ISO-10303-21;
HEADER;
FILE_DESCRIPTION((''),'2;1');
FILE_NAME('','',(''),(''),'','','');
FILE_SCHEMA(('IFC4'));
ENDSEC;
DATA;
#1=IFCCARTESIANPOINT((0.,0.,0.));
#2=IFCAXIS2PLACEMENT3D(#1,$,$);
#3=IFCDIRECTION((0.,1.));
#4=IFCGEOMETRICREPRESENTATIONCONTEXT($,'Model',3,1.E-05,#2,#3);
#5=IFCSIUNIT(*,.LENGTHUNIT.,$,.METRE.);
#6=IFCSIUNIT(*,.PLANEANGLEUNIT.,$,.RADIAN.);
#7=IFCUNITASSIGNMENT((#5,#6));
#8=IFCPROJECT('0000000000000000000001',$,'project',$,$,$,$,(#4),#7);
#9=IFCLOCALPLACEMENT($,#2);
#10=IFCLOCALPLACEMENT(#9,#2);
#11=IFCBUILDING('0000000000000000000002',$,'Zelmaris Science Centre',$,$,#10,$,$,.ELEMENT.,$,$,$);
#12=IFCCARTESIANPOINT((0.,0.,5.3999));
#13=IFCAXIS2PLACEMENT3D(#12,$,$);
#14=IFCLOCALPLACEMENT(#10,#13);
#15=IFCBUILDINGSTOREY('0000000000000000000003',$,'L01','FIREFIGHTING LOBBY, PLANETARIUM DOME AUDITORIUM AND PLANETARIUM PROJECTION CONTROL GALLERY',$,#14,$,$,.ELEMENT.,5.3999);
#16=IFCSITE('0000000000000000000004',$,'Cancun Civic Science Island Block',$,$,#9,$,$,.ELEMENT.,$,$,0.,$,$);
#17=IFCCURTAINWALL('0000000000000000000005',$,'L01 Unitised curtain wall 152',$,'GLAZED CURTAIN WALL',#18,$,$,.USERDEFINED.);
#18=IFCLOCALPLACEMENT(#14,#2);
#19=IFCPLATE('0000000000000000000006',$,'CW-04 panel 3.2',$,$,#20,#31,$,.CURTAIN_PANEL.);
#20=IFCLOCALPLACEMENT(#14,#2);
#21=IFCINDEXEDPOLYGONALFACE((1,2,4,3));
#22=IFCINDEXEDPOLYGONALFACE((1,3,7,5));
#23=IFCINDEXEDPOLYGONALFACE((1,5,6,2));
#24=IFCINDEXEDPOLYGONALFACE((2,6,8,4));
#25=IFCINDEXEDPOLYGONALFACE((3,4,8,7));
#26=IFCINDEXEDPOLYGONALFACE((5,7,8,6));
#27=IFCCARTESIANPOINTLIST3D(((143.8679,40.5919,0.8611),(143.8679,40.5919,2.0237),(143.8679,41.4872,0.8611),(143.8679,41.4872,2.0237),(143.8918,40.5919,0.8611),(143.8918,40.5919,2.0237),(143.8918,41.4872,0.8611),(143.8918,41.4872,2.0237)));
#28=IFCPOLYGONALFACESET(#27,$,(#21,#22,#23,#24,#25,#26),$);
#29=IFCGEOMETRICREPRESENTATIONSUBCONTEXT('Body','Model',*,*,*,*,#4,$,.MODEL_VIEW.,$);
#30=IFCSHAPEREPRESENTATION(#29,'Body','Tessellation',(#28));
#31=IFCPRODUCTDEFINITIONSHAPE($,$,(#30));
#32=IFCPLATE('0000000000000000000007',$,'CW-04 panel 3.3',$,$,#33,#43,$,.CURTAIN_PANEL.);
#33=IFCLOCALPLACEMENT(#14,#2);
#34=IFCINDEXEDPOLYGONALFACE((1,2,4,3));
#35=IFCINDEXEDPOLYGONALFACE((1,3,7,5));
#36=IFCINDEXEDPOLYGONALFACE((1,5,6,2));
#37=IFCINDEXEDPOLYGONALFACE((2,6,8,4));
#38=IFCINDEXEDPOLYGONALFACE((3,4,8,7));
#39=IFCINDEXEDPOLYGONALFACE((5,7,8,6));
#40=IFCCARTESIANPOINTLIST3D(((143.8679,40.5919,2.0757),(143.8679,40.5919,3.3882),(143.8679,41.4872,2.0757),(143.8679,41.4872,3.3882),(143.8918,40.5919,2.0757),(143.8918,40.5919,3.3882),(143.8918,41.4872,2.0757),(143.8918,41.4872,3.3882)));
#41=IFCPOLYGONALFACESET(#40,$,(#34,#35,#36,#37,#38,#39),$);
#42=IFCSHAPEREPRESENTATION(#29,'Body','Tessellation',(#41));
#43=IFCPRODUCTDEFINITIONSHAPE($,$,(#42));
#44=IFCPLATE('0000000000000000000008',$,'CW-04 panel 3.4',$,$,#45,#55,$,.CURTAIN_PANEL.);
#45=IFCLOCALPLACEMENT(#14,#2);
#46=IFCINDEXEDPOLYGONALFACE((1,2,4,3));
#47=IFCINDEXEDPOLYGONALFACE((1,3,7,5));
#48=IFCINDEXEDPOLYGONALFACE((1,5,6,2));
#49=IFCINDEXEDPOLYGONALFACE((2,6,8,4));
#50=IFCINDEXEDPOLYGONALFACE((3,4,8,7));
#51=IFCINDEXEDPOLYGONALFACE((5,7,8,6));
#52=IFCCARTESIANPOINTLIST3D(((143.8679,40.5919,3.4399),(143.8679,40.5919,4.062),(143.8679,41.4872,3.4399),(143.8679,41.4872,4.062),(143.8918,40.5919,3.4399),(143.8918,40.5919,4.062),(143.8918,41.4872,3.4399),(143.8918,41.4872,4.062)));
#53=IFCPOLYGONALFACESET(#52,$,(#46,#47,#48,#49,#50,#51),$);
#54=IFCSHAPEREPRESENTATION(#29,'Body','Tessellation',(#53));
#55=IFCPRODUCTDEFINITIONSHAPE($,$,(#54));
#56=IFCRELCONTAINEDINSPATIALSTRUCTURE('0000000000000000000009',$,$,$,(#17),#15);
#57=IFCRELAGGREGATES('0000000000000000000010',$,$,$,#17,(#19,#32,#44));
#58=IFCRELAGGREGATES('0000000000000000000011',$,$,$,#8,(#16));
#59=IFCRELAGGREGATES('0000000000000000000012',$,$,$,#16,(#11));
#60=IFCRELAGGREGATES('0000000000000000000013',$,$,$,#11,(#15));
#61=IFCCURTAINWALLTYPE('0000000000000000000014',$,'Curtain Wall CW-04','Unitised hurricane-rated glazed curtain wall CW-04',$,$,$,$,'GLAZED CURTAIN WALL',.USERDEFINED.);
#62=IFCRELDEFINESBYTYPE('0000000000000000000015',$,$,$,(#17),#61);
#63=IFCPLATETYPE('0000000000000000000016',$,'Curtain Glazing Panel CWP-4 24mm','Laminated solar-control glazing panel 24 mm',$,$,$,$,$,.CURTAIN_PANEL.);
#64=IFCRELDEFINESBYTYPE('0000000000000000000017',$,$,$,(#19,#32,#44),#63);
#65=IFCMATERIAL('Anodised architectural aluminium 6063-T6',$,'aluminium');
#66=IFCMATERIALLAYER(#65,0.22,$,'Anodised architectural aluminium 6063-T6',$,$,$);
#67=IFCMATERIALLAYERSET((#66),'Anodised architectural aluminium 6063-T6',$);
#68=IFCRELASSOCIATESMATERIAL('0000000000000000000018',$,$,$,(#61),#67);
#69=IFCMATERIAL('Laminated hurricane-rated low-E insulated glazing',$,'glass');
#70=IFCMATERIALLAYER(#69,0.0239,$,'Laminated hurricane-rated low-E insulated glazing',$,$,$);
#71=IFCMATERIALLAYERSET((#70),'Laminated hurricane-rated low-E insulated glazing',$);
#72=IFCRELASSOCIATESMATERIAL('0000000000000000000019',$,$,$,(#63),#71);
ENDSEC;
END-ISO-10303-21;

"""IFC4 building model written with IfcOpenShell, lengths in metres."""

from ifc_helpers import new_model, si_unit, direction, frame, origin, origin_2d, place, context, subcontext, project, spatial, rectangle, extrude, material, layer, layer_set, type_object, element, aggregate, save


model = new_model("IFC4")

# Units and contexts
model_context = context("Model", 3, precision=1e-05, world=origin(), true_north=direction((0.0, 1.0)))
body_context = subcontext(model_context, "Body", "Model", "MODEL_VIEW")
ifc_project = project(units=[si_unit("LENGTHUNIT", "METRE"), si_unit("PLANEANGLEUNIT", "RADIAN")], contexts=[model_context])

# Site, building, storey
site_placement = place(None, origin())
site = spatial("IfcSite", under=ifc_project, at=site_placement, Name="Cancun Civic Science Island Block", CompositionType="ELEMENT", RefElevation=0.0)
building_placement = place(site_placement, origin())
building = spatial("IfcBuilding", under=site, at=building_placement, Name="Zelmaris Science Centre", CompositionType="ELEMENT")
storey_placement = place(building_placement, frame((0.0, 0.0, 5.3999)))
storey = spatial("IfcBuildingStorey", under=building, at=storey_placement, Name="L01", Description="FIREFIGHTING LOBBY, PLANETARIUM DOME AUDITORIUM AND PLANETARIUM PROJECTION CONTROL GALLERY", CompositionType="ELEMENT", Elevation=5.3999)

# Curtain wall
ifc_material_1 = material(Name="Anodised architectural aluminium 6063-T6", Category="aluminium")
ifc_layer_1 = layer(ifc_material_1, 0.22, Name="Anodised architectural aluminium 6063-T6")
ifc_layer_set_1 = layer_set([ifc_layer_1], Name="Anodised architectural aluminium 6063-T6")
curtain_wall_type_1 = type_object("IfcCurtainWallType", Name="Curtain Wall CW-04", Description="Unitised hurricane-rated glazed curtain wall CW-04", ElementType="GLAZED CURTAIN WALL", PredefinedType="USERDEFINED", material=ifc_layer_set_1)
curtain_wall_1_placement = place(storey_placement, origin())
curtain_wall_1 = element("IfcCurtainWall", 1, at=curtain_wall_1_placement, inside=storey, type_object=curtain_wall_type_1, Name="L01 Unitised curtain wall 152", ObjectType="GLAZED CURTAIN WALL", PredefinedType="USERDEFINED")

# Plates
ifc_material_2 = material(Name="Laminated hurricane-rated low-E insulated glazing", Category="glass")
ifc_layer_2 = layer(ifc_material_2, 0.0239, Name="Laminated hurricane-rated low-E insulated glazing")
ifc_layer_set_2 = layer_set([ifc_layer_2], Name="Laminated hurricane-rated low-E insulated glazing")
plate_type_1 = type_object("IfcPlateType", Name="Curtain Glazing Panel CWP-4 24mm", Description="Laminated solar-control glazing panel 24 mm", PredefinedType="CURTAIN_PANEL", material=ifc_layer_set_2)
plate_1_placement = place(storey_placement, frame((143.8799, 41.0396, 0.8611), z_axis=(0.0, 0.0, 1.0), x_axis=(0.0, -1.0, 0.0)))
plate_1 = element("IfcPlate", 2, at=plate_1_placement, type_object=plate_type_1, Name="CW-04 panel 3.2", PredefinedType="CURTAIN_PANEL", context=body_context, shape_type="SweptSolid", body=[
    extrude(rectangle(XDim=0.8953, YDim=0.0239, at=origin_2d()), origin(), (0.0, 0.0, 1.0), 1.1626),
])
plate_2_placement = place(storey_placement, frame((143.8799, 41.0396, 2.0757), z_axis=(0.0, 0.0, 1.0), x_axis=(0.0, -1.0, 0.0)))
plate_2 = element("IfcPlate", 3, at=plate_2_placement, type_object=plate_type_1, Name="CW-04 panel 3.3", PredefinedType="CURTAIN_PANEL", context=body_context, shape_type="SweptSolid", body=[
    extrude(rectangle(XDim=0.8953, YDim=0.0239, at=origin_2d()), origin(), (0.0, 0.0, 1.0), 1.3125),
])
plate_3_placement = place(storey_placement, frame((143.8799, 41.0396, 3.4399), z_axis=(0.0, 0.0, 1.0), x_axis=(0.0, -1.0, 0.0)))
plate_3 = element("IfcPlate", 4, at=plate_3_placement, type_object=plate_type_1, Name="CW-04 panel 3.4", PredefinedType="CURTAIN_PANEL", context=body_context, shape_type="SweptSolid", body=[
    extrude(rectangle(XDim=0.8953, YDim=0.0239, at=origin_2d()), origin(), (0.0, 0.0, 1.0), 0.6221),
])
aggregate(curtain_wall_1, [plate_1, plate_2, plate_3])

save(model, "model.ifc")
